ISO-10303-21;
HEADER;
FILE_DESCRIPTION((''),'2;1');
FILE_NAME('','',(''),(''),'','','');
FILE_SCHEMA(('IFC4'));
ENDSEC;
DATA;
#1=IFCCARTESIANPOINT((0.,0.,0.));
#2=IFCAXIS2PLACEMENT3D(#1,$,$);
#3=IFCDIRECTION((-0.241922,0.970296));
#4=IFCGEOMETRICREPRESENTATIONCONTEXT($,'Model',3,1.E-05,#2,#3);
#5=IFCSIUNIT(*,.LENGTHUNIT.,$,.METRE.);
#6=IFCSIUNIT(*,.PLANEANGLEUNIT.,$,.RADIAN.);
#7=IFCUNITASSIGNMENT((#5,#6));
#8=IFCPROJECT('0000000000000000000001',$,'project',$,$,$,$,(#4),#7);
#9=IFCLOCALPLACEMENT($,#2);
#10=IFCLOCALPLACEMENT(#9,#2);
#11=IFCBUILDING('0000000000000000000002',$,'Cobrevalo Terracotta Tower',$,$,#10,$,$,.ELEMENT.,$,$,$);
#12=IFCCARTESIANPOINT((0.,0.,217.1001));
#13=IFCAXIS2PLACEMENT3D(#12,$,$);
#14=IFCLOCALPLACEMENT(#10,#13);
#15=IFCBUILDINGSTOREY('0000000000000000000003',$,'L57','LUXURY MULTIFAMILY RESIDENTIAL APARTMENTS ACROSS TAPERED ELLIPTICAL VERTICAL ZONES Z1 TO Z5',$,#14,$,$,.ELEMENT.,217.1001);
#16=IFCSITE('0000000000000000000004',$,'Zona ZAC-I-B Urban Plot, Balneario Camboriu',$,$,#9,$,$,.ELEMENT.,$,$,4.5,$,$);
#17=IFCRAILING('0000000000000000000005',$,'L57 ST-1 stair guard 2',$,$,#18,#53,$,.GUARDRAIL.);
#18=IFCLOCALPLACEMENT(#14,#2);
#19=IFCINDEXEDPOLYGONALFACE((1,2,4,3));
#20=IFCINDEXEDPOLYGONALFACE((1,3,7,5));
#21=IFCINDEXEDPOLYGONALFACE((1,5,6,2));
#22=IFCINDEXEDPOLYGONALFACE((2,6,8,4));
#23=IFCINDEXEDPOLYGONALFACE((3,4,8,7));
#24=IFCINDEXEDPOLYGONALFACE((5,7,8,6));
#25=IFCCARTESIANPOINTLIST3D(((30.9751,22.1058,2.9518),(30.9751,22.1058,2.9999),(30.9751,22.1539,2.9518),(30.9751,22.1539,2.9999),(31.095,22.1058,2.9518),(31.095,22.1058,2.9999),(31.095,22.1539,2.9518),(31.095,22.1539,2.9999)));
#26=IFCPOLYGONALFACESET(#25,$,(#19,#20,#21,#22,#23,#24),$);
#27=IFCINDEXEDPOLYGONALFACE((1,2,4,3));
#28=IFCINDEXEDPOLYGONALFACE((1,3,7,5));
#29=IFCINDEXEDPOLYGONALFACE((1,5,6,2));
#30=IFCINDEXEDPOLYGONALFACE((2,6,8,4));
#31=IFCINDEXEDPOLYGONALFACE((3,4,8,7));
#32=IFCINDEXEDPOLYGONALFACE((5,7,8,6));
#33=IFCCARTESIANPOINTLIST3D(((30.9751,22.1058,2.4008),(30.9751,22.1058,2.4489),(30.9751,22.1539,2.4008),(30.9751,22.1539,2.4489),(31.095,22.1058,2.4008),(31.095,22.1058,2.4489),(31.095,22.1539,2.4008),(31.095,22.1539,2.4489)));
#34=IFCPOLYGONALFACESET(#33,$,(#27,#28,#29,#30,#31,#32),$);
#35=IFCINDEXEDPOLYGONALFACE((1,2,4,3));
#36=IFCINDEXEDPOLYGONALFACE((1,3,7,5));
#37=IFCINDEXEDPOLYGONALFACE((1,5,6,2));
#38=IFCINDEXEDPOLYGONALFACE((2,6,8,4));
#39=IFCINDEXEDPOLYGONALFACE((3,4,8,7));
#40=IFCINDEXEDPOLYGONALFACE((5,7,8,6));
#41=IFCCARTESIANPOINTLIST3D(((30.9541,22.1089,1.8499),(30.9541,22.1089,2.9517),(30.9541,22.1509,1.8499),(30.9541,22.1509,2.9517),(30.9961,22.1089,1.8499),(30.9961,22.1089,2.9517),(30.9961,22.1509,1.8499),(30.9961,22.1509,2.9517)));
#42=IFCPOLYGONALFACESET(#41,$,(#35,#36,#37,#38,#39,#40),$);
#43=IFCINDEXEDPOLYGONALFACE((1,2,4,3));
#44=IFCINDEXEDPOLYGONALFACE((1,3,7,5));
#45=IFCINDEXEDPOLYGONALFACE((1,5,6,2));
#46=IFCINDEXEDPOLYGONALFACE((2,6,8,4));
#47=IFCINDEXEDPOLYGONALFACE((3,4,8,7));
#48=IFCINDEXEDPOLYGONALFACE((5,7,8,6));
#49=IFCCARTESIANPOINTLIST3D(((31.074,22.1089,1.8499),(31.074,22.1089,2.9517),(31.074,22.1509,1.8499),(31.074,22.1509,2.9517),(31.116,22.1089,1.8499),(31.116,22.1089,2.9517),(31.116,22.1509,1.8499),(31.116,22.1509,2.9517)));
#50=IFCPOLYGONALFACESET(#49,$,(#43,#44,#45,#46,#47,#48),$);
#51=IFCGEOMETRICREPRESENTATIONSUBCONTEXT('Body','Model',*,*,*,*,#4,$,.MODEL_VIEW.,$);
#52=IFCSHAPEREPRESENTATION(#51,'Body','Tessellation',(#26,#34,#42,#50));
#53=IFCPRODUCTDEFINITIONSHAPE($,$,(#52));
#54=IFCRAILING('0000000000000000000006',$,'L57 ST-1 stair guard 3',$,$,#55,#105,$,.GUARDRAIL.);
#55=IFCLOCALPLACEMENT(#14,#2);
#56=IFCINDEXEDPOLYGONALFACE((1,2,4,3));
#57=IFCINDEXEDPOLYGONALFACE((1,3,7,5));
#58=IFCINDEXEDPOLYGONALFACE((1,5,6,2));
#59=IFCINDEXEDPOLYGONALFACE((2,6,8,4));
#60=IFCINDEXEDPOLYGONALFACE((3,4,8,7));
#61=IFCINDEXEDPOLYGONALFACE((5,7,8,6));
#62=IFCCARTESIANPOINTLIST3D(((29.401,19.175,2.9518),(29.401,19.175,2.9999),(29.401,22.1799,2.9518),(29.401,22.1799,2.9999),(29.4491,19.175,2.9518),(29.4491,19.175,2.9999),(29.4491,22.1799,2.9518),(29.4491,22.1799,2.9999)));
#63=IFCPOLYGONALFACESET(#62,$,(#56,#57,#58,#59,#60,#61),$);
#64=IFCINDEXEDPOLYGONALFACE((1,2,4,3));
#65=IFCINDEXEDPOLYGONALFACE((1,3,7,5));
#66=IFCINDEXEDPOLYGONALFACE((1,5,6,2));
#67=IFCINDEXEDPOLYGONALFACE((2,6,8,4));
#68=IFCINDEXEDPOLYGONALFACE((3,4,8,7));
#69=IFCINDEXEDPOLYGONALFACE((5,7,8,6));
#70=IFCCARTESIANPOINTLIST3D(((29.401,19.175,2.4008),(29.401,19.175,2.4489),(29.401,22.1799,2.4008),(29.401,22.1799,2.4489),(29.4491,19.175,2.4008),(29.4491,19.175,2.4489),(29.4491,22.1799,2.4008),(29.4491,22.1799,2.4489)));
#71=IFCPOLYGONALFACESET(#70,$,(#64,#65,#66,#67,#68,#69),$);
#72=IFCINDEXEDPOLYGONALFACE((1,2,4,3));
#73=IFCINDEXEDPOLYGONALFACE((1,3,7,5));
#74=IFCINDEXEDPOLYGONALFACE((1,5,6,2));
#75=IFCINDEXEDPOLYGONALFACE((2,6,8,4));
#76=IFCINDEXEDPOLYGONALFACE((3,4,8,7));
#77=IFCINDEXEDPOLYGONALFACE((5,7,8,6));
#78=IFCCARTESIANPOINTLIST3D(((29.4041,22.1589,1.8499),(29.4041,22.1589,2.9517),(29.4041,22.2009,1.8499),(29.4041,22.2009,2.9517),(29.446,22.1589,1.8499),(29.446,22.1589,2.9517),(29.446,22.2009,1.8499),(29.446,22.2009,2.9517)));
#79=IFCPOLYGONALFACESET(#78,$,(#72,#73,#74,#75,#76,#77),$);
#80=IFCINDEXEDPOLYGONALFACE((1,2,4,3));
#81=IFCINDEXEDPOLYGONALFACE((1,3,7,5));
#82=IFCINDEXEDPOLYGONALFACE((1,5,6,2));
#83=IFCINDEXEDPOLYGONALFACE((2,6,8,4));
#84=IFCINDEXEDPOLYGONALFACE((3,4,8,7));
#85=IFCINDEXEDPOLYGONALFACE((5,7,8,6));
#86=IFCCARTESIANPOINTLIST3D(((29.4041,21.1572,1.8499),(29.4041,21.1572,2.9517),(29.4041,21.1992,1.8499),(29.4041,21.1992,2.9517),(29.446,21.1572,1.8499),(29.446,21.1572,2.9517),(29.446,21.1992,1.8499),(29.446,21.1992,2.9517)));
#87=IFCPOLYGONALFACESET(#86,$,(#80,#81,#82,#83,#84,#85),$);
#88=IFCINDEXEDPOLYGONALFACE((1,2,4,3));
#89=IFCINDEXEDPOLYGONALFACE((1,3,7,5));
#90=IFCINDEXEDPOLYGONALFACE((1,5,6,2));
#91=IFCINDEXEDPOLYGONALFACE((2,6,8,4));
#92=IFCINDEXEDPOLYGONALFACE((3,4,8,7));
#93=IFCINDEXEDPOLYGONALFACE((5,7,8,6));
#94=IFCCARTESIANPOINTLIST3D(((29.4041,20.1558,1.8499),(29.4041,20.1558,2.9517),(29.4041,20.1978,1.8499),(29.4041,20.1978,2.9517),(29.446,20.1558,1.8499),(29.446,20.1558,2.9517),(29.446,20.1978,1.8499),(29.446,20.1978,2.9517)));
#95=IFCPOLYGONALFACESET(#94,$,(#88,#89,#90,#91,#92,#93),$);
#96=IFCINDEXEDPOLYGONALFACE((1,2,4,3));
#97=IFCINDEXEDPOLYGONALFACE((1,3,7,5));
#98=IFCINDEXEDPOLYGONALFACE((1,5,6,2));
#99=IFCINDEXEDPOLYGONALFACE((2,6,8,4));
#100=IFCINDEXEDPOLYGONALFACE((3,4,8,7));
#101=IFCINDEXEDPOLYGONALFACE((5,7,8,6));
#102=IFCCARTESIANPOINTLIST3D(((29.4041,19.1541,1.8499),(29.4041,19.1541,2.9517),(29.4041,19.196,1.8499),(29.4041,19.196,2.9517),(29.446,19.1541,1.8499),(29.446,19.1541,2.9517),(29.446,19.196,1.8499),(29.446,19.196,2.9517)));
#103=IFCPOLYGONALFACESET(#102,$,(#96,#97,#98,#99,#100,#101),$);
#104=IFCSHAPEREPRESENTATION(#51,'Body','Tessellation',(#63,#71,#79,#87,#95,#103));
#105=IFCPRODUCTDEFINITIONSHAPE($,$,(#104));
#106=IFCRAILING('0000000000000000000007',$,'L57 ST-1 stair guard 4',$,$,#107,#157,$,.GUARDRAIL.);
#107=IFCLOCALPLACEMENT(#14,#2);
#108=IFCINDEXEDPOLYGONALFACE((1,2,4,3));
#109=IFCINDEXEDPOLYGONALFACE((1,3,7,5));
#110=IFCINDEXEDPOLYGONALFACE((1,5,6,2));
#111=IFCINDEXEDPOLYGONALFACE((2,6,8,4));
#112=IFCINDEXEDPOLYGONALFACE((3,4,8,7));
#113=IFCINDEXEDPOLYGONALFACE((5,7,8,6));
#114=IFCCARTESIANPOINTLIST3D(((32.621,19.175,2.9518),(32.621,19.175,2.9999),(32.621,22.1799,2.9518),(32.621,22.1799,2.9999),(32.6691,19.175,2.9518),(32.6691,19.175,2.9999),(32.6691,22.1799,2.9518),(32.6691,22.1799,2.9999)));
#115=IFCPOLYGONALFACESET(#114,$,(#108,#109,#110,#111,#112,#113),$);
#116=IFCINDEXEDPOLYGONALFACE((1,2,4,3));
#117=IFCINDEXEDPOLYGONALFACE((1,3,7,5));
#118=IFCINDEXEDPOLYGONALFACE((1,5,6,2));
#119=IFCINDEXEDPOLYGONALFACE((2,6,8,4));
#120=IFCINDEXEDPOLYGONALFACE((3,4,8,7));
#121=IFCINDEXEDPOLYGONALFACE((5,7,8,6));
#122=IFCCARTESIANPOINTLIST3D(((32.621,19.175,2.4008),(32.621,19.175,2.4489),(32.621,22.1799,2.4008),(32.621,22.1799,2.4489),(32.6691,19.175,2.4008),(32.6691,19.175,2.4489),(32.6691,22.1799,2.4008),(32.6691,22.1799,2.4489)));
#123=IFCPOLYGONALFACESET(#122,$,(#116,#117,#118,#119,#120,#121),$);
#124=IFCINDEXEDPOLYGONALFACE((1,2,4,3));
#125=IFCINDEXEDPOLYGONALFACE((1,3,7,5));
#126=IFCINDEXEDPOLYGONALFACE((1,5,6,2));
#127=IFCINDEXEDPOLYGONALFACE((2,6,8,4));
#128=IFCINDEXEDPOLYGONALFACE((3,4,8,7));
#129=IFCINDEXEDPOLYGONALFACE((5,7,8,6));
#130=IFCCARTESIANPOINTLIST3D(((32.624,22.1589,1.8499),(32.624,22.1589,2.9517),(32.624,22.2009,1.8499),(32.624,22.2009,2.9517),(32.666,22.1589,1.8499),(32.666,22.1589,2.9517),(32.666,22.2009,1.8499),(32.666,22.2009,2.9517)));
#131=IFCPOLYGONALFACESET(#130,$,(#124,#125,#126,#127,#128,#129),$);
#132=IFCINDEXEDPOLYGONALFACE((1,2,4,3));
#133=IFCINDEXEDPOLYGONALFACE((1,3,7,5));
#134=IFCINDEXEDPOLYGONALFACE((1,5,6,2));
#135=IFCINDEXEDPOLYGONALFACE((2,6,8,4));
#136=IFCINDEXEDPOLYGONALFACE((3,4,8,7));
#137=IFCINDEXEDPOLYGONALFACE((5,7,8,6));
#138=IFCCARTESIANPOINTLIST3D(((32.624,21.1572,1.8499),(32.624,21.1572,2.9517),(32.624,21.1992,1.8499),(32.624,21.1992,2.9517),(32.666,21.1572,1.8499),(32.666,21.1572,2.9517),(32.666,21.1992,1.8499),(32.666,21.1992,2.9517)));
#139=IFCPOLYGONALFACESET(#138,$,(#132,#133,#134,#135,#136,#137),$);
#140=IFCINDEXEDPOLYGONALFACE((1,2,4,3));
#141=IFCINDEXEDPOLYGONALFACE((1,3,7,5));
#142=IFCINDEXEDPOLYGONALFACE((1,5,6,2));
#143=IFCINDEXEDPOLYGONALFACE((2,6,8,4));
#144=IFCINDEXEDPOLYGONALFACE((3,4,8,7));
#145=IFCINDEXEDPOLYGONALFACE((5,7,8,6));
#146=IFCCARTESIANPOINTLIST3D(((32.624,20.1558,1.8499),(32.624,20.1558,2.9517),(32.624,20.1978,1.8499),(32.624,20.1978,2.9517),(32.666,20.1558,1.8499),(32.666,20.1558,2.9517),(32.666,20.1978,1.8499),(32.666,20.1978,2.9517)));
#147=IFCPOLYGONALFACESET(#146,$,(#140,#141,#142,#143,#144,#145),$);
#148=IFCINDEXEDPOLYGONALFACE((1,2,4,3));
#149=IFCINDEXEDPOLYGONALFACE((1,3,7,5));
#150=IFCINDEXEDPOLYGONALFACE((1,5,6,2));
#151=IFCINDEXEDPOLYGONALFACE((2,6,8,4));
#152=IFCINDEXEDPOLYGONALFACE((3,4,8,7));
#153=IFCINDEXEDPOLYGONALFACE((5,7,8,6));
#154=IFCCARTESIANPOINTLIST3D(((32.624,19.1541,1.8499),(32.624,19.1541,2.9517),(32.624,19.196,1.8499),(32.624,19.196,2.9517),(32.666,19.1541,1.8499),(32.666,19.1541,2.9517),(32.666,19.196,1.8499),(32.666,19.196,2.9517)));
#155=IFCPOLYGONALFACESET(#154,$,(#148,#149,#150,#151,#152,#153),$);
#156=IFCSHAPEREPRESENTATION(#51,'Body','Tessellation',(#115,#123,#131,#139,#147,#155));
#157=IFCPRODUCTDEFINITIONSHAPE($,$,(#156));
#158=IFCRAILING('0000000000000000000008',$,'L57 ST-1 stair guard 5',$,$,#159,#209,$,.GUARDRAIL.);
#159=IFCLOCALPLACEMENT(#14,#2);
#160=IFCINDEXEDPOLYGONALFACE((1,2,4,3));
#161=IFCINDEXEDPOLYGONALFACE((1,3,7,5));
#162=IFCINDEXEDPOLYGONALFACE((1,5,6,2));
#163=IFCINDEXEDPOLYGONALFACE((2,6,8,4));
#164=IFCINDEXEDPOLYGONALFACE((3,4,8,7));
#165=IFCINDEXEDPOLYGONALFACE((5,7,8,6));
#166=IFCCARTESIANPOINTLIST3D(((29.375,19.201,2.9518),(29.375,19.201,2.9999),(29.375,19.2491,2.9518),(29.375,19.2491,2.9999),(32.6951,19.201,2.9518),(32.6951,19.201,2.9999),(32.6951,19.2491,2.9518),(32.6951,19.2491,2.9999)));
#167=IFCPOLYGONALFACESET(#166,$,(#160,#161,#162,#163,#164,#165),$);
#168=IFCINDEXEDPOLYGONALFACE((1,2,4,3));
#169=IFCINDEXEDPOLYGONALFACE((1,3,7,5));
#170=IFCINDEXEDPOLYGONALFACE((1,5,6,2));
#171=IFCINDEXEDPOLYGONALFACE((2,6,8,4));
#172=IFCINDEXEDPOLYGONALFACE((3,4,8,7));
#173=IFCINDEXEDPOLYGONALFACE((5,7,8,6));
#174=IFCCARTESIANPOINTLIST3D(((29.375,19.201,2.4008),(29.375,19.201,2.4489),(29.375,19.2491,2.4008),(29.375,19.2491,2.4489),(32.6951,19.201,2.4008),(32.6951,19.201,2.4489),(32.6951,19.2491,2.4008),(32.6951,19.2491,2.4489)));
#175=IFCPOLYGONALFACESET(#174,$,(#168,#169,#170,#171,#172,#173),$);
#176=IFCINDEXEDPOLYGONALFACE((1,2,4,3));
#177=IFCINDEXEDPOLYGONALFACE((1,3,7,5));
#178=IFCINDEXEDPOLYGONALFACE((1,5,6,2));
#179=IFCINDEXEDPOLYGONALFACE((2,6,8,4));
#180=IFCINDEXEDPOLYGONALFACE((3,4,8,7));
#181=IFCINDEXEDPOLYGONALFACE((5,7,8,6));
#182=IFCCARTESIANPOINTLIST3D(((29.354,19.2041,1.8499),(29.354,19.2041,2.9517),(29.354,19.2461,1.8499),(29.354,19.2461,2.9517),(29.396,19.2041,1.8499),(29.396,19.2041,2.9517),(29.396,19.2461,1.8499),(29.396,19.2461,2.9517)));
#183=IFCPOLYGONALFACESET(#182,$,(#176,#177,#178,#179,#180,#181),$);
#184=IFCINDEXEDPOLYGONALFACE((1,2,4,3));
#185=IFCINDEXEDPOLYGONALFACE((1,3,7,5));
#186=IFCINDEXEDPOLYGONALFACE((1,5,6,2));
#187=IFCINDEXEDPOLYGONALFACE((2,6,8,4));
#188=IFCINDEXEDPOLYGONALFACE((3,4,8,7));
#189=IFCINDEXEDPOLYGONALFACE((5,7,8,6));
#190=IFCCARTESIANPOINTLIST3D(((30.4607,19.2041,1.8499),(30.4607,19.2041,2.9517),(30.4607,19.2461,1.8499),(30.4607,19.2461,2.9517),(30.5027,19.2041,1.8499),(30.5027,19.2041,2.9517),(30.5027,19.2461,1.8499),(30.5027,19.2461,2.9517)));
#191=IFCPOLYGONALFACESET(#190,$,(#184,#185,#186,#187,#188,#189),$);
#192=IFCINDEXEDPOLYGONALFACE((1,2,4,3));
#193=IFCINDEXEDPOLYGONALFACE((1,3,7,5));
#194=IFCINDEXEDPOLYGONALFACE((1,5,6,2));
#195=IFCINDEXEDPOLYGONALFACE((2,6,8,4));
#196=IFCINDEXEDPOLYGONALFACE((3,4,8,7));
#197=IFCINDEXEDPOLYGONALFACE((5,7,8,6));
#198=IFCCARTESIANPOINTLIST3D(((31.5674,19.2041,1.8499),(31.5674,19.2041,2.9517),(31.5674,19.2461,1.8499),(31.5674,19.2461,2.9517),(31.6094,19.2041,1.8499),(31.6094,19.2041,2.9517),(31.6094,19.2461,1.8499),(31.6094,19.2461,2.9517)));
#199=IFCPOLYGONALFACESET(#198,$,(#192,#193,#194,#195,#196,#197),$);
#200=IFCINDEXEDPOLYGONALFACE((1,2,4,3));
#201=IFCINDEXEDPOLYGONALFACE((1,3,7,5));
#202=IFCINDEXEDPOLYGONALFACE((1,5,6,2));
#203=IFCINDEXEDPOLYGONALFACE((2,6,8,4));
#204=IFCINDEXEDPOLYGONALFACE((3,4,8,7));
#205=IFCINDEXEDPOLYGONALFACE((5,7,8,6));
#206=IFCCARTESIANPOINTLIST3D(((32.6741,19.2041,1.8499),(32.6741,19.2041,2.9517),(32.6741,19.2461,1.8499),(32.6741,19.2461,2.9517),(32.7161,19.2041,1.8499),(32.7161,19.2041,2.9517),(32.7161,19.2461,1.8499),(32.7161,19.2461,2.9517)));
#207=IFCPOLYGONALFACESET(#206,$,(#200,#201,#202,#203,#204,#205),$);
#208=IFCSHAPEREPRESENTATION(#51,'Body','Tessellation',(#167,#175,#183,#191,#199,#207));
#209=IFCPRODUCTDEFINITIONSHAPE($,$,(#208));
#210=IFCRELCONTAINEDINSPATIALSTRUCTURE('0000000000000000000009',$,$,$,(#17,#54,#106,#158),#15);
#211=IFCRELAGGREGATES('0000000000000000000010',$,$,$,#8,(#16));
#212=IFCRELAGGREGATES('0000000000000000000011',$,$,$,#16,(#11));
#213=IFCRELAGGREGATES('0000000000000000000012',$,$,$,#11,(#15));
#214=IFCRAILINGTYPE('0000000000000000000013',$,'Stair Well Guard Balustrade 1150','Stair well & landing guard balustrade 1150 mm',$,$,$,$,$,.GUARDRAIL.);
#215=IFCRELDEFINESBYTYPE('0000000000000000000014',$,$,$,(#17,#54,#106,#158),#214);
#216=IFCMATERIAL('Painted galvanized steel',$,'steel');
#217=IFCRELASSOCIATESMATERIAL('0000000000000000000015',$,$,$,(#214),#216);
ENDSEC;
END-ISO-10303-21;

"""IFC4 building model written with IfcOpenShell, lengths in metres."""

from ifc_helpers import new_model, si_unit, direction, frame, origin, origin_2d, place, context, subcontext, project, spatial, rectangle, extrude, material, type_object, element, save


model = new_model("IFC4")

# Units and contexts
model_context = context("Model", 3, precision=1e-05, world=origin(), true_north=direction((-0.241922, 0.970296)))
body_context = subcontext(model_context, "Body", "Model", "MODEL_VIEW")
ifc_project = project(units=[si_unit("LENGTHUNIT", "METRE"), si_unit("PLANEANGLEUNIT", "RADIAN")], contexts=[model_context])

# Site, building, storey
site_placement = place(None, origin())
site = spatial("IfcSite", under=ifc_project, at=site_placement, Name="Zona ZAC-I-B Urban Plot, Balneario Camboriu", CompositionType="ELEMENT", RefElevation=4.5)
building_placement = place(site_placement, origin())
building = spatial("IfcBuilding", under=site, at=building_placement, Name="Cobrevalo Terracotta Tower", CompositionType="ELEMENT")
storey_placement = place(building_placement, frame((0.0, 0.0, 217.1001)))
storey = spatial("IfcBuildingStorey", under=building, at=storey_placement, Name="L57", Description="LUXURY MULTIFAMILY RESIDENTIAL APARTMENTS ACROSS TAPERED ELLIPTICAL VERTICAL ZONES Z1 TO Z5", CompositionType="ELEMENT", Elevation=217.1001)

# Railings
ifc_material_1 = material(Name="Painted galvanized steel", Category="steel")
railing_type_1 = type_object("IfcRailingType", Name="Stair Well Guard Balustrade 1150", Description="Stair well & landing guard balustrade 1150 mm", PredefinedType="GUARDRAIL", material=ifc_material_1)
railing_1_placement = place(storey_placement, frame((30.9751, 22.1299, 1.8499)))
element("IfcRailing", 1, at=railing_1_placement, inside=storey, type_object=railing_type_1, Name="L57 ST-1 stair guard 2", PredefinedType="GUARDRAIL", context=body_context, shape_type="SweptSolid", body=[
    extrude(rectangle(XDim=0.0481, YDim=0.0481, at=origin_2d()), frame((0.0, 0.0, 1.126), z_axis=(1.0, 0.0, 0.0), x_axis=(0.0, 1.0, 0.0)), (0.0, 0.0, 1.0), 0.1199),
    extrude(rectangle(XDim=0.0481, YDim=0.0481, at=origin_2d()), frame((0.0, 0.0, 0.575), z_axis=(1.0, 0.0, 0.0), x_axis=(0.0, 1.0, 0.0)), (0.0, 0.0, 1.0), 0.1199),
    extrude(rectangle(XDim=0.042, YDim=0.042, at=origin_2d()), origin(), (0.0, 0.0, 1.0), 1.1018),
    extrude(rectangle(XDim=0.042, YDim=0.042, at=origin_2d()), frame((0.1199, 0.0, 0.0)), (0.0, 0.0, 1.0), 1.1018),
])
for number, where, name in (
    (2, (29.425, 22.1799, 1.8499), "L57 ST-1 stair guard 3"),
    (3, (32.645, 22.1799, 1.8499), "L57 ST-1 stair guard 4"),
):
    element("IfcRailing", number, at=place(storey_placement, frame(where)), inside=storey, type_object=railing_type_1, Name=name, PredefinedType="GUARDRAIL", context=body_context, shape_type="SweptSolid", body=[
        extrude(rectangle(XDim=0.0481, YDim=0.0481, at=origin_2d()), frame((0.0, 0.0, 1.126), z_axis=(0.0, -1.0, 0.0), x_axis=(1.0, 0.0, 0.0)), (0.0, 0.0, 1.0), 3.0049),
        extrude(rectangle(XDim=0.0481, YDim=0.0481, at=origin_2d()), frame((0.0, 0.0, 0.575), z_axis=(0.0, -1.0, 0.0), x_axis=(1.0, 0.0, 0.0)), (0.0, 0.0, 1.0), 3.0049),
        extrude(rectangle(XDim=0.042, YDim=0.042, at=origin_2d()), origin(), (0.0, 0.0, 1.0), 1.1018),
        extrude(rectangle(XDim=0.042, YDim=0.042, at=origin_2d()), frame((0.0, -1.0017, 0.0)), (0.0, 0.0, 1.0), 1.1018),
        extrude(rectangle(XDim=0.042, YDim=0.042, at=origin_2d()), frame((0.0, -2.0032, 0.0)), (0.0, 0.0, 1.0), 1.1018),
        extrude(rectangle(XDim=0.042, YDim=0.042, at=origin_2d()), frame((0.0, -3.0049, 0.0)), (0.0, 0.0, 1.0), 1.1018),
    ])
railing_2_placement = place(storey_placement, frame((29.375, 19.2251, 1.8499)))
element("IfcRailing", 4, at=railing_2_placement, inside=storey, type_object=railing_type_1, Name="L57 ST-1 stair guard 5", PredefinedType="GUARDRAIL", context=body_context, shape_type="SweptSolid", body=[
    extrude(rectangle(XDim=0.0481, YDim=0.0481, at=origin_2d()), frame((0.0, 0.0, 1.126), z_axis=(1.0, 0.0, 0.0), x_axis=(0.0, 1.0, 0.0)), (0.0, 0.0, 1.0), 3.3201),
    extrude(rectangle(XDim=0.0481, YDim=0.0481, at=origin_2d()), frame((0.0, 0.0, 0.575), z_axis=(1.0, 0.0, 0.0), x_axis=(0.0, 1.0, 0.0)), (0.0, 0.0, 1.0), 3.3201),
    extrude(rectangle(XDim=0.042, YDim=0.042, at=origin_2d()), origin(), (0.0, 0.0, 1.0), 1.1018),
    extrude(rectangle(XDim=0.042, YDim=0.042, at=origin_2d()), frame((1.1067, 0.0, 0.0)), (0.0, 0.0, 1.0), 1.1018),
    extrude(rectangle(XDim=0.042, YDim=0.042, at=origin_2d()), frame((2.2134, 0.0, 0.0)), (0.0, 0.0, 1.0), 1.1018),
    extrude(rectangle(XDim=0.042, YDim=0.042, at=origin_2d()), frame((3.3201, 0.0, 0.0)), (0.0, 0.0, 1.0), 1.1018),
])

save(model, "model.ifc")
